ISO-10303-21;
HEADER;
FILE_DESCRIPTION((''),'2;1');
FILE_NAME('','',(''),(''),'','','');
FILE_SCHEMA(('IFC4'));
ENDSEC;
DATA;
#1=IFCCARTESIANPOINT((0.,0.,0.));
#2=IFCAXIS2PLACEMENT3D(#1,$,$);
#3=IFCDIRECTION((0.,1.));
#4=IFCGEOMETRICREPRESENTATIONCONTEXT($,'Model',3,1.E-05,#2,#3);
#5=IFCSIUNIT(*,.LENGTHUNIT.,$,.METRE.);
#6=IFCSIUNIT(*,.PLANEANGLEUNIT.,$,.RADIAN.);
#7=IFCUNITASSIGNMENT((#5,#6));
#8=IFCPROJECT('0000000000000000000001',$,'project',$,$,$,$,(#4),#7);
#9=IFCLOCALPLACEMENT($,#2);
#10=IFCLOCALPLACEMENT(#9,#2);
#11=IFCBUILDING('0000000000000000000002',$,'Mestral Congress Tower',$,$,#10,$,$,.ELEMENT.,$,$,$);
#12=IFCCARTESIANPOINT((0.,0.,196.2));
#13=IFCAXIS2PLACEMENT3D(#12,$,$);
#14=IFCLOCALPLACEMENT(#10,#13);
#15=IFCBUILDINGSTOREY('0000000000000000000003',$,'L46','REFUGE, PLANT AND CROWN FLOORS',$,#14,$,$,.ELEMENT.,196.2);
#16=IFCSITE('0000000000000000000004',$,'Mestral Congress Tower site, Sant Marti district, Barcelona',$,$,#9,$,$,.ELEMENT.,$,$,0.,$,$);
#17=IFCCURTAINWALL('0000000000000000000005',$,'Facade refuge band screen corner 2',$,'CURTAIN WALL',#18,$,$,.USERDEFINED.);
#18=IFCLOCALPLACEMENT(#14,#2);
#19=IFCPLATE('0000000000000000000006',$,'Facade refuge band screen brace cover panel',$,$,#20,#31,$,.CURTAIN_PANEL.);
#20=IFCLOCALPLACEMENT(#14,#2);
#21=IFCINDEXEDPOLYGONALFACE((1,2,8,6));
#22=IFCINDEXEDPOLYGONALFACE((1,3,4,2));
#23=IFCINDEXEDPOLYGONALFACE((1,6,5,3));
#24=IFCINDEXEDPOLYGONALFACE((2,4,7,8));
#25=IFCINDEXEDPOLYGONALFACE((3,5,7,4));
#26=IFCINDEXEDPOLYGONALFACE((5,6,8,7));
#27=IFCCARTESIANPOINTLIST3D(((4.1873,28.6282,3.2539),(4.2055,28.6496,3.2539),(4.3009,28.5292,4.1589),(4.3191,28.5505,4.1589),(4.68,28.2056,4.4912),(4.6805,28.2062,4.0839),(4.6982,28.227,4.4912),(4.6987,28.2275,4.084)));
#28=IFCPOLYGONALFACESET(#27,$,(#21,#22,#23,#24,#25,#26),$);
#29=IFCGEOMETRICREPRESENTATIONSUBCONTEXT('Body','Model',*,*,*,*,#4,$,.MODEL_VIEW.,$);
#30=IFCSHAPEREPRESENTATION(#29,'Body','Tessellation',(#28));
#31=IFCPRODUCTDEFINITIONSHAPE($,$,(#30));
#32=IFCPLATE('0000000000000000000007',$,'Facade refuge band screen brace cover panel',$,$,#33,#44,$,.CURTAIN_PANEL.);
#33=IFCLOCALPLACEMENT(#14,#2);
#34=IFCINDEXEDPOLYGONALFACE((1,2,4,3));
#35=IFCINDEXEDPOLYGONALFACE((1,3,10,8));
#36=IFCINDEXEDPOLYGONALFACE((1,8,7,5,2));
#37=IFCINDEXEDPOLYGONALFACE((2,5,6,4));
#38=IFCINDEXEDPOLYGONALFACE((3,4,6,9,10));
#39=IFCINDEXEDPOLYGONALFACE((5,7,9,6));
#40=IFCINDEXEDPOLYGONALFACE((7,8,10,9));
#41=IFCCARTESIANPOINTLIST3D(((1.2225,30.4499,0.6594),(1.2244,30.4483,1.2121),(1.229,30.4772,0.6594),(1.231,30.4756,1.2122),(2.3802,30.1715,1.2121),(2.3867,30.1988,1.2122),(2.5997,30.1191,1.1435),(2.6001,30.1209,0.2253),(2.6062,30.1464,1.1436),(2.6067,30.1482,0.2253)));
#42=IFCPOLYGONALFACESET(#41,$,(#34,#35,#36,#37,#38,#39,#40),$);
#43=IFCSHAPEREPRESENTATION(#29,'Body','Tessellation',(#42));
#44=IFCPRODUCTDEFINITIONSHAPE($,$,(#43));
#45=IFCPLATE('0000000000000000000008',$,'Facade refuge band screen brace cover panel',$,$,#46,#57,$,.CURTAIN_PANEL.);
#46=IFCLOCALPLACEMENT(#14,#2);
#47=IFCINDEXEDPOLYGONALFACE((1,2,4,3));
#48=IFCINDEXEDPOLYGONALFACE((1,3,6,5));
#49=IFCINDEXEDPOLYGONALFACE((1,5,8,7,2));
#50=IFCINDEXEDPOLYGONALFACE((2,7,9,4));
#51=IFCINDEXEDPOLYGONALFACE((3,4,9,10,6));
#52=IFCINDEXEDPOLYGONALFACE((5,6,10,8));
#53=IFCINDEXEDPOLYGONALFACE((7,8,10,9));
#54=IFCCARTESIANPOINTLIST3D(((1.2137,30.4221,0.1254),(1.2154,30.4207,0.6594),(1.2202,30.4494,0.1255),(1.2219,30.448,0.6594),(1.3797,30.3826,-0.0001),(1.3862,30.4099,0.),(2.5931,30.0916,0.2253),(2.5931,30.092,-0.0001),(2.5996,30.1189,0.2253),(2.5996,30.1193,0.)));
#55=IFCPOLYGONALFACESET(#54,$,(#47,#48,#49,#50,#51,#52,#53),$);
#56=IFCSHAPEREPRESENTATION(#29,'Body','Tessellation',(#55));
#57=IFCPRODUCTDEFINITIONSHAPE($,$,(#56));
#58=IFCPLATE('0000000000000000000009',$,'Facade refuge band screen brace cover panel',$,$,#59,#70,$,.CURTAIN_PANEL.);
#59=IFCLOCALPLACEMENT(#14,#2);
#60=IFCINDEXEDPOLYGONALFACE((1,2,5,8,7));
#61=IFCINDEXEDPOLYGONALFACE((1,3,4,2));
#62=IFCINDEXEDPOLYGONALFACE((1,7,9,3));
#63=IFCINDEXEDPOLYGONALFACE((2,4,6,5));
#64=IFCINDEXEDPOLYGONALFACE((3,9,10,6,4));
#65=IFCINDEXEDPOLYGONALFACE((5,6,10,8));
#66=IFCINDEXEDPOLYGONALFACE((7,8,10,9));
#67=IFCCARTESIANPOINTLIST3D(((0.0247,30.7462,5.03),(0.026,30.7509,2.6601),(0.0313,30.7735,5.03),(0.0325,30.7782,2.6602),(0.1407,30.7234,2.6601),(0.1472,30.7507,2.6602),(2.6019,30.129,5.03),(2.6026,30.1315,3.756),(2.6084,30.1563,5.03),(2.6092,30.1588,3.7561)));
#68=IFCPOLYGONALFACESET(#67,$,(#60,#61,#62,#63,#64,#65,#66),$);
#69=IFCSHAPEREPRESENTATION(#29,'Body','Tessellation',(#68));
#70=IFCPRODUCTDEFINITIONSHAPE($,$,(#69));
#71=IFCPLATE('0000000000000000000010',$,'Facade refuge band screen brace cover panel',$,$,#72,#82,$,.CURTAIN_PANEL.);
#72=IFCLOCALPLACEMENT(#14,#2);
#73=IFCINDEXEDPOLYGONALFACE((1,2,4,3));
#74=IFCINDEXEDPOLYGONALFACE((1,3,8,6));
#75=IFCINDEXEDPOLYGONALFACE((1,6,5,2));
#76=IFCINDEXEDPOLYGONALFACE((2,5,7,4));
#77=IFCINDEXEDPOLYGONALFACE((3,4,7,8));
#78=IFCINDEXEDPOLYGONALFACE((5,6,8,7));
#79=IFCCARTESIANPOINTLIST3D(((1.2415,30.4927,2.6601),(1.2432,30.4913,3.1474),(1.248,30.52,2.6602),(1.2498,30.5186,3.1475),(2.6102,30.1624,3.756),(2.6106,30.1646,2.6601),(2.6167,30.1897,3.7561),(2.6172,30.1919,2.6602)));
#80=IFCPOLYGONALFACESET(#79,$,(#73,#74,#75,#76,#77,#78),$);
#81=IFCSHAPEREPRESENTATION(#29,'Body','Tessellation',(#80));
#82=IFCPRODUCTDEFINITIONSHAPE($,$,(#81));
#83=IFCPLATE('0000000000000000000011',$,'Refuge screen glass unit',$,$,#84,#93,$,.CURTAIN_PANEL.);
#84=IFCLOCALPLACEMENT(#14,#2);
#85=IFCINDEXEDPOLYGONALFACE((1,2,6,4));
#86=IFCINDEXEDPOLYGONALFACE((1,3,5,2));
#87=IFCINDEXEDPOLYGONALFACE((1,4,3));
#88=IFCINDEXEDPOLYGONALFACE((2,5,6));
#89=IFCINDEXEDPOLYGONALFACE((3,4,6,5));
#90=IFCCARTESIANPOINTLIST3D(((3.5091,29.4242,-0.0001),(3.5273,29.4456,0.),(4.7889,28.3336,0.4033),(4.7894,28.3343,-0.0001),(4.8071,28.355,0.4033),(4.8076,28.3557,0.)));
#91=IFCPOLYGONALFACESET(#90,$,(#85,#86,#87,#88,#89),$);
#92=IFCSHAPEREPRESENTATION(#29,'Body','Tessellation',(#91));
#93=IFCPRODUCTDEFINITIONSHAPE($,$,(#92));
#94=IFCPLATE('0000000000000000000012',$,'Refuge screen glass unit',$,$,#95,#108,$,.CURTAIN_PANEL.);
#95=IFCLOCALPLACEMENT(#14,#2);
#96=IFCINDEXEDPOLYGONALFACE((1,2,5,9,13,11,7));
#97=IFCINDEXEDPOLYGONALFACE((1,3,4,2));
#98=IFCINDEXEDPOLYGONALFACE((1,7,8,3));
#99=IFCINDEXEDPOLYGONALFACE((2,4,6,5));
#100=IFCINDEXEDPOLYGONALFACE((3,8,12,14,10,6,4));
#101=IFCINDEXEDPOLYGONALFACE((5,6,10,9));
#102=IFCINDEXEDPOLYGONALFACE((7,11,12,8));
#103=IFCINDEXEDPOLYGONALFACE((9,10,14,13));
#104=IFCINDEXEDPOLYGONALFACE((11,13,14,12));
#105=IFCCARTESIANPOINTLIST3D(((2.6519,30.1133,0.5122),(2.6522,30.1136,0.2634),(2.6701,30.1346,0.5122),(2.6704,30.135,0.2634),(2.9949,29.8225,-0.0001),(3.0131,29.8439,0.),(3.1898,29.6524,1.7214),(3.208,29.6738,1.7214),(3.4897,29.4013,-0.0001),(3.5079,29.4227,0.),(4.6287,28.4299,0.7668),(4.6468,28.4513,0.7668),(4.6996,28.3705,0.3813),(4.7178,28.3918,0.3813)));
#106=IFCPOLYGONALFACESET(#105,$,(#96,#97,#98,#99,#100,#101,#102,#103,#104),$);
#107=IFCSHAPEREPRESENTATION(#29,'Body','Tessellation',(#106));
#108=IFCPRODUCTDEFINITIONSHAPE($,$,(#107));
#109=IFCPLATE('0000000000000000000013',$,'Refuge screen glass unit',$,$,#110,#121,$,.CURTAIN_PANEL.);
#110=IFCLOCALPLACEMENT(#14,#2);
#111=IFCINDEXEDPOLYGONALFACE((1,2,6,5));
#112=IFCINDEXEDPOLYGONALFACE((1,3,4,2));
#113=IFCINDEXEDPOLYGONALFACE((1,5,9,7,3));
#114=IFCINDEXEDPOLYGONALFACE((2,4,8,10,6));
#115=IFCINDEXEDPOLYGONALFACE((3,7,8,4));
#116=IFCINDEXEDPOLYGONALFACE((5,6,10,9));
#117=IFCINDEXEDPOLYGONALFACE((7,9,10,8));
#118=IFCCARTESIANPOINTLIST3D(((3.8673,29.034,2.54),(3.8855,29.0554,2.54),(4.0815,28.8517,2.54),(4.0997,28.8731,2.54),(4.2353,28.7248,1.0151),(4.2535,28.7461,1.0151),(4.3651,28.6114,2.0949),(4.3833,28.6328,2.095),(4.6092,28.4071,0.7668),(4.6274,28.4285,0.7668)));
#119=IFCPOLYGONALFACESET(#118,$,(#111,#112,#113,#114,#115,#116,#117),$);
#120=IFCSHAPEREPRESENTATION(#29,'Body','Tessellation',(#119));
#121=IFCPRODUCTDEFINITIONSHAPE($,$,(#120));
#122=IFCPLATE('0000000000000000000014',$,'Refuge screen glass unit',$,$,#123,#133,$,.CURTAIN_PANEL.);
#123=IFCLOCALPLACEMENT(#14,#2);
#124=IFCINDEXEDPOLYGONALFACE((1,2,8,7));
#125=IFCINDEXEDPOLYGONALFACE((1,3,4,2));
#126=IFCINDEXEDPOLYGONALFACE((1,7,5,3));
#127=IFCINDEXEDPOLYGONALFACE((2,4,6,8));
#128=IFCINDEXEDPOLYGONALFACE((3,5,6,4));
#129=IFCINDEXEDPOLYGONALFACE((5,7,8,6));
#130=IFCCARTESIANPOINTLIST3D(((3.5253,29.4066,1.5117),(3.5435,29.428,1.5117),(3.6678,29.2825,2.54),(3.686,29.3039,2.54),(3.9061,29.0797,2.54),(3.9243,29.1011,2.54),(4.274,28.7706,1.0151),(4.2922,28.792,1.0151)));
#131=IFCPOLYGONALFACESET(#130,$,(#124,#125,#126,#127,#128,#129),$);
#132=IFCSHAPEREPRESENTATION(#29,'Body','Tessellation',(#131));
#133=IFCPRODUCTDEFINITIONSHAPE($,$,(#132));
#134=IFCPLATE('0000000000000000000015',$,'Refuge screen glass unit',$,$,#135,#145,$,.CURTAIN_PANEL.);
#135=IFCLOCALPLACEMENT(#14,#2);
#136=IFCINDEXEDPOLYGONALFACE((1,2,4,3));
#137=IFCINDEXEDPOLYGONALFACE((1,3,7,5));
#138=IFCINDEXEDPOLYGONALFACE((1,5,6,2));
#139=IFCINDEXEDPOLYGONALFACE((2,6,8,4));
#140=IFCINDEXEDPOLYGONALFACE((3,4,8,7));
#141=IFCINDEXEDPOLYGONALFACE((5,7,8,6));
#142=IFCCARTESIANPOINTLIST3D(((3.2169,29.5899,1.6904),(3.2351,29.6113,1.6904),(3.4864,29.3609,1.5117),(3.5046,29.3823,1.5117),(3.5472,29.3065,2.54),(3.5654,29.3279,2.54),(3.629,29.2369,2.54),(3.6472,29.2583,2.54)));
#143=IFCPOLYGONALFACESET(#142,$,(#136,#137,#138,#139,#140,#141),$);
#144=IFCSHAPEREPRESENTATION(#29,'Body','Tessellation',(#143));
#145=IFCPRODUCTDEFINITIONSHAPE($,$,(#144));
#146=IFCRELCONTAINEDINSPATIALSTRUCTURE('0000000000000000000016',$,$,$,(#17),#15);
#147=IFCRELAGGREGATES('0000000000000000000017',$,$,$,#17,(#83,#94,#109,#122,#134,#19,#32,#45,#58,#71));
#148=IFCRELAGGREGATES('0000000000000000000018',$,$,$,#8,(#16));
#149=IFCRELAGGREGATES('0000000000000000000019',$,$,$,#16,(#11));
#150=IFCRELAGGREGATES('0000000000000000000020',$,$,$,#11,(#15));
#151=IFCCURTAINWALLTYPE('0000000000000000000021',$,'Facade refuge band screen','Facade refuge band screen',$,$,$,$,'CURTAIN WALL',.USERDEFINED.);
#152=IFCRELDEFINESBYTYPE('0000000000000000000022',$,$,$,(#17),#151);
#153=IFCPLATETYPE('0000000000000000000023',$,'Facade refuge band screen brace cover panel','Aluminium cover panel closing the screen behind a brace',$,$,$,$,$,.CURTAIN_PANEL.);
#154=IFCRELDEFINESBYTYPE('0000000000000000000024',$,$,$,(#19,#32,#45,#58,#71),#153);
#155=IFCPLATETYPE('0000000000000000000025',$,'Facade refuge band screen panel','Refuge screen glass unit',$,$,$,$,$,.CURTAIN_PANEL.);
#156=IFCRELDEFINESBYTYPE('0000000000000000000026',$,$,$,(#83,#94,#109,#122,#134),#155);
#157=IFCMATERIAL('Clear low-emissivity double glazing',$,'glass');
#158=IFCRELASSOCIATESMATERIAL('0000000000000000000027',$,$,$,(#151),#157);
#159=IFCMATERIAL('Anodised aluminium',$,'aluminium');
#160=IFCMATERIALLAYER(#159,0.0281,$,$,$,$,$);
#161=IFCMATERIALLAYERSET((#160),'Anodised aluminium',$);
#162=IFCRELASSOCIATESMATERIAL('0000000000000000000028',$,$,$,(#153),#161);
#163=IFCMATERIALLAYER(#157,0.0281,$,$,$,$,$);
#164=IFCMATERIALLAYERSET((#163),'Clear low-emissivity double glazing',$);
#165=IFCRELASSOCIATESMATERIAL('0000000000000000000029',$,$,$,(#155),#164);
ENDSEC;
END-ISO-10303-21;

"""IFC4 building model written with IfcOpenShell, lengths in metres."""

from ifc_helpers import new_model, si_unit, direction, frame, origin, place, context, subcontext, project, spatial, polyline, outline, extrude, material, layer, layer_set, type_object, element, aggregate, save


model = new_model("IFC4")

# Units and contexts
model_context = context("Model", 3, precision=1e-05, world=origin(), true_north=direction((0.0, 1.0)))
body_context = subcontext(model_context, "Body", "Model", "MODEL_VIEW")
ifc_project = project(units=[si_unit("LENGTHUNIT", "METRE"), si_unit("PLANEANGLEUNIT", "RADIAN")], contexts=[model_context])

# Site, building, storey
site_placement = place(None, origin())
site = spatial("IfcSite", under=ifc_project, at=site_placement, Name="Mestral Congress Tower site, Sant Marti district, Barcelona", CompositionType="ELEMENT", RefElevation=0.0)
building_placement = place(site_placement, origin())
building = spatial("IfcBuilding", under=site, at=building_placement, Name="Mestral Congress Tower", CompositionType="ELEMENT")
storey_placement = place(building_placement, frame((0.0, 0.0, 196.2)))
storey = spatial("IfcBuildingStorey", under=building, at=storey_placement, Name="L46", Description="REFUGE, PLANT AND CROWN FLOORS", CompositionType="ELEMENT", Elevation=196.2)

# Curtain wall
ifc_material_1 = material(Name="Clear low-emissivity double glazing", Category="glass")
curtain_wall_type = type_object("IfcCurtainWallType", Name="Facade refuge band screen", Description="Facade refuge band screen", ElementType="CURTAIN WALL", PredefinedType="USERDEFINED", material=ifc_material_1)
placement = place(storey_placement, origin())
curtain_wall_1 = element("IfcCurtainWall", 1, at=placement, inside=storey, type_object=curtain_wall_type, Name="Facade refuge band screen corner 2", ObjectType="CURTAIN WALL", PredefinedType="USERDEFINED")
ifc_material_2 = material(Name="Anodised aluminium", Category="aluminium")

# Shared definitions
ifc_layer_1 = layer(ifc_material_2, 0.0281)
ifc_layer_set_1 = layer_set([ifc_layer_1], Name="Anodised aluminium")
plate_type_1 = type_object("IfcPlateType", Name="Facade refuge band screen brace cover panel", Description="Aluminium cover panel closing the screen behind a brace", PredefinedType="CURTAIN_PANEL", material=ifc_layer_set_1)

# Plates
plate_1_placement = place(storey_placement, frame((4.6987, 28.2275, 4.084), z_axis=(0.648227, 0.761445, 0.001961), x_axis=(-0.001375, -0.001405, 0.999998)))
plate_1 = element("IfcPlate", 2, at=plate_1_placement, type_object=plate_type_1, Name="Facade refuge band screen brace cover panel", PredefinedType="CURTAIN_PANEL", context=body_context, shape_type="SweptSolid", body=[
    extrude(outline(polyline([(0.0, 0.0), (0.4072, 0.0), (0.075, -0.4984), (-0.83, -0.6493), (0.0, 0.0)])), origin(), (0.0, 0.0, -1.0), 0.0281),
])
plate_2_placement = place(storey_placement, frame((1.231, 30.4756, 1.2122), z_axis=(0.23289, 0.972501, 0.001997), x_axis=(-0.003477, 0.002886, -0.99999)))
plate_2 = element("IfcPlate", 3, at=plate_2_placement, type_object=plate_type_1, Name="Facade refuge band screen brace cover panel", PredefinedType="CURTAIN_PANEL", context=body_context, shape_type="SweptSolid", body=[
    extrude(outline(polyline([(0.0, 0.0), (0.5527, 0.0), (0.9811, -1.4181), (0.0629, -1.4144), (-0.0048, -1.1884), (0.0, 0.0)])), origin(), (0.0, 0.0, -1.0), 0.0281),
])
plate_3_placement = place(storey_placement, frame((1.3862, 30.4099, 0.0), z_axis=(0.232904, 0.972498, 0.001923), x_axis=(0.9725, -0.232905, 0.0)))
plate_3 = element("IfcPlate", 4, at=plate_3_placement, type_object=plate_type_1, Name="Facade refuge band screen brace cover panel", PredefinedType="CURTAIN_PANEL", context=body_context, shape_type="SweptSolid", body=[
    extrude(outline(polyline([(0.0, 0.0), (1.2477, 0.0), (1.2478, -0.2253), (-0.1687, -0.6594), (-0.1707, -0.1255), (0.0, 0.0)])), origin(), (0.0, 0.0, -1.0), 0.0281),
])
plate_4_placement = place(storey_placement, frame((0.1472, 30.7507, 2.6602), z_axis=(0.232892, 0.9725, 0.002051), x_axis=(0.892302, -0.214524, 0.397212)))
plate_4 = element("IfcPlate", 5, at=plate_4_placement, type_object=plate_type_1, Name="Facade refuge band screen brace cover panel", PredefinedType="CURTAIN_PANEL", context=body_context, shape_type="SweptSolid", body=[
    extrude(outline(polyline([(0.0, 0.0), (2.7591, 0.0), (3.265, -1.1692), (0.833, -2.2218), (-0.1083, -0.0469), (0.0, 0.0)])), origin(), (0.0, 0.0, -1.0), 0.0281),
])
plate_5_placement = place(storey_placement, frame((1.2498, 30.5186, 3.1475), z_axis=(0.233045, 0.972464, 0.00207), x_axis=(-0.003515, 0.002971, -0.999989)))
plate_5 = element("IfcPlate", 6, at=plate_5_placement, type_object=plate_type_1, Name="Facade refuge band screen brace cover panel", PredefinedType="CURTAIN_PANEL", context=body_context, shape_type="SweptSolid", body=[
    extrude(outline(polyline([(0.0, 0.0), (0.4873, 0.0), (0.4815, -1.4079), (-0.6144, -1.4034), (0.0, 0.0)])), origin(), (0.0, 0.0, -1.0), 0.0281),
])
ifc_layer_2 = layer(ifc_material_1, 0.0281)
ifc_layer_set_2 = layer_set([ifc_layer_2], Name="Clear low-emissivity double glazing")
plate_type_2 = type_object("IfcPlateType", Name="Facade refuge band screen panel", Description="Refuge screen glass unit", PredefinedType="CURTAIN_PANEL", material=ifc_layer_set_2)
plate_6_placement = place(storey_placement, frame((4.8076, 28.3557, 0.0), z_axis=(0.648203, 0.761464, 0.002168), x_axis=(-0.001211, -0.001816, 0.999998)))
plate_6 = element("IfcPlate", 7, at=plate_6_placement, type_object=plate_type_2, Name="Refuge screen glass unit", PredefinedType="CURTAIN_PANEL", context=body_context, shape_type="SweptSolid", body=[
    extrude(outline(polyline([(0.0, 0.0), (0.4033, 0.0), (-0.0004, -1.6813), (0.0, 0.0)])), origin(), (0.0, 0.0, -1.0), 0.0281),
])
plate_7_placement = place(storey_placement, frame((4.7178, 28.3918, 0.3813), z_axis=(0.648196, 0.761471, 0.001873), x_axis=(-0.1789, 0.149895, 0.972382)))
plate_7 = element("IfcPlate", 8, at=plate_7_placement, type_object=plate_type_2, Name="Refuge screen glass unit", PredefinedType="CURTAIN_PANEL", context=body_context, shape_type="SweptSolid", body=[
    extrude(outline(polyline([(0.0, 0.0), (0.3964, 0.0), (1.7653, -1.6132), (0.7548, -2.5842), (0.5129, -2.6422), (0.1518, -2.2664), (0.0001, -1.6346), (0.0, 0.0)])), origin(), (0.0, 0.0, -1.0), 0.0281),
])
plate_8_placement = place(storey_placement, frame((4.6274, 28.4285, 0.7668), z_axis=(0.64815, 0.76151, 0.001972), x_axis=(-0.178755, 0.149626, 0.97245)))
plate_8 = element("IfcPlate", 9, at=plate_8_placement, type_object=plate_type_2, Name="Refuge screen glass unit", PredefinedType="CURTAIN_PANEL", context=body_context, shape_type="SweptSolid", body=[
    extrude(outline(polyline([(0.0, 0.0), (1.3658, 0.0), (1.8852, -0.2578), (1.9508, -0.5313), (0.3558, -0.4193), (0.0, 0.0)])), origin(), (0.0, 0.0, -1.0), 0.0281),
])
plate_9_placement = place(storey_placement, frame((3.9243, 29.1011, 2.54), z_axis=(0.648175, 0.761489, 0.002013), x_axis=(-0.76149, 0.648176, 0.0)))
plate_9 = element("IfcPlate", 10, at=plate_9_placement, type_object=plate_type_2, Name="Refuge screen glass unit", PredefinedType="CURTAIN_PANEL", context=body_context, shape_type="SweptSolid", body=[
    extrude(outline(polyline([(0.0, 0.0), (0.313, 0.0), (0.5019, -1.0283), (-0.4805, -1.5249), (0.0, 0.0)])), origin(), (0.0, 0.0, -1.0), 0.0281),
])
plate_10_placement = place(storey_placement, frame((3.5046, 29.3823, 1.5117), z_axis=(0.648191, 0.761476, 0.001997), x_axis=(0.136349, -0.118643, 0.983531)))
plate_10 = element("IfcPlate", 11, at=plate_10_placement, type_object=plate_type_2, Name="Refuge screen glass unit", PredefinedType="CURTAIN_PANEL", context=body_context, shape_type="SweptSolid", body=[
    extrude(outline(polyline([(0.0, 0.0), (1.0455, 0.0), (1.0261, -0.1056), (0.1118, -0.3802), (0.0, 0.0)])), origin(), (0.0, 0.0, -1.0), 0.0281),
])

aggregate(curtain_wall_1, [plate_6, plate_7, plate_8, plate_9, plate_10, plate_1, plate_2, plate_3, plate_4, plate_5])

save(model, "model.ifc")
